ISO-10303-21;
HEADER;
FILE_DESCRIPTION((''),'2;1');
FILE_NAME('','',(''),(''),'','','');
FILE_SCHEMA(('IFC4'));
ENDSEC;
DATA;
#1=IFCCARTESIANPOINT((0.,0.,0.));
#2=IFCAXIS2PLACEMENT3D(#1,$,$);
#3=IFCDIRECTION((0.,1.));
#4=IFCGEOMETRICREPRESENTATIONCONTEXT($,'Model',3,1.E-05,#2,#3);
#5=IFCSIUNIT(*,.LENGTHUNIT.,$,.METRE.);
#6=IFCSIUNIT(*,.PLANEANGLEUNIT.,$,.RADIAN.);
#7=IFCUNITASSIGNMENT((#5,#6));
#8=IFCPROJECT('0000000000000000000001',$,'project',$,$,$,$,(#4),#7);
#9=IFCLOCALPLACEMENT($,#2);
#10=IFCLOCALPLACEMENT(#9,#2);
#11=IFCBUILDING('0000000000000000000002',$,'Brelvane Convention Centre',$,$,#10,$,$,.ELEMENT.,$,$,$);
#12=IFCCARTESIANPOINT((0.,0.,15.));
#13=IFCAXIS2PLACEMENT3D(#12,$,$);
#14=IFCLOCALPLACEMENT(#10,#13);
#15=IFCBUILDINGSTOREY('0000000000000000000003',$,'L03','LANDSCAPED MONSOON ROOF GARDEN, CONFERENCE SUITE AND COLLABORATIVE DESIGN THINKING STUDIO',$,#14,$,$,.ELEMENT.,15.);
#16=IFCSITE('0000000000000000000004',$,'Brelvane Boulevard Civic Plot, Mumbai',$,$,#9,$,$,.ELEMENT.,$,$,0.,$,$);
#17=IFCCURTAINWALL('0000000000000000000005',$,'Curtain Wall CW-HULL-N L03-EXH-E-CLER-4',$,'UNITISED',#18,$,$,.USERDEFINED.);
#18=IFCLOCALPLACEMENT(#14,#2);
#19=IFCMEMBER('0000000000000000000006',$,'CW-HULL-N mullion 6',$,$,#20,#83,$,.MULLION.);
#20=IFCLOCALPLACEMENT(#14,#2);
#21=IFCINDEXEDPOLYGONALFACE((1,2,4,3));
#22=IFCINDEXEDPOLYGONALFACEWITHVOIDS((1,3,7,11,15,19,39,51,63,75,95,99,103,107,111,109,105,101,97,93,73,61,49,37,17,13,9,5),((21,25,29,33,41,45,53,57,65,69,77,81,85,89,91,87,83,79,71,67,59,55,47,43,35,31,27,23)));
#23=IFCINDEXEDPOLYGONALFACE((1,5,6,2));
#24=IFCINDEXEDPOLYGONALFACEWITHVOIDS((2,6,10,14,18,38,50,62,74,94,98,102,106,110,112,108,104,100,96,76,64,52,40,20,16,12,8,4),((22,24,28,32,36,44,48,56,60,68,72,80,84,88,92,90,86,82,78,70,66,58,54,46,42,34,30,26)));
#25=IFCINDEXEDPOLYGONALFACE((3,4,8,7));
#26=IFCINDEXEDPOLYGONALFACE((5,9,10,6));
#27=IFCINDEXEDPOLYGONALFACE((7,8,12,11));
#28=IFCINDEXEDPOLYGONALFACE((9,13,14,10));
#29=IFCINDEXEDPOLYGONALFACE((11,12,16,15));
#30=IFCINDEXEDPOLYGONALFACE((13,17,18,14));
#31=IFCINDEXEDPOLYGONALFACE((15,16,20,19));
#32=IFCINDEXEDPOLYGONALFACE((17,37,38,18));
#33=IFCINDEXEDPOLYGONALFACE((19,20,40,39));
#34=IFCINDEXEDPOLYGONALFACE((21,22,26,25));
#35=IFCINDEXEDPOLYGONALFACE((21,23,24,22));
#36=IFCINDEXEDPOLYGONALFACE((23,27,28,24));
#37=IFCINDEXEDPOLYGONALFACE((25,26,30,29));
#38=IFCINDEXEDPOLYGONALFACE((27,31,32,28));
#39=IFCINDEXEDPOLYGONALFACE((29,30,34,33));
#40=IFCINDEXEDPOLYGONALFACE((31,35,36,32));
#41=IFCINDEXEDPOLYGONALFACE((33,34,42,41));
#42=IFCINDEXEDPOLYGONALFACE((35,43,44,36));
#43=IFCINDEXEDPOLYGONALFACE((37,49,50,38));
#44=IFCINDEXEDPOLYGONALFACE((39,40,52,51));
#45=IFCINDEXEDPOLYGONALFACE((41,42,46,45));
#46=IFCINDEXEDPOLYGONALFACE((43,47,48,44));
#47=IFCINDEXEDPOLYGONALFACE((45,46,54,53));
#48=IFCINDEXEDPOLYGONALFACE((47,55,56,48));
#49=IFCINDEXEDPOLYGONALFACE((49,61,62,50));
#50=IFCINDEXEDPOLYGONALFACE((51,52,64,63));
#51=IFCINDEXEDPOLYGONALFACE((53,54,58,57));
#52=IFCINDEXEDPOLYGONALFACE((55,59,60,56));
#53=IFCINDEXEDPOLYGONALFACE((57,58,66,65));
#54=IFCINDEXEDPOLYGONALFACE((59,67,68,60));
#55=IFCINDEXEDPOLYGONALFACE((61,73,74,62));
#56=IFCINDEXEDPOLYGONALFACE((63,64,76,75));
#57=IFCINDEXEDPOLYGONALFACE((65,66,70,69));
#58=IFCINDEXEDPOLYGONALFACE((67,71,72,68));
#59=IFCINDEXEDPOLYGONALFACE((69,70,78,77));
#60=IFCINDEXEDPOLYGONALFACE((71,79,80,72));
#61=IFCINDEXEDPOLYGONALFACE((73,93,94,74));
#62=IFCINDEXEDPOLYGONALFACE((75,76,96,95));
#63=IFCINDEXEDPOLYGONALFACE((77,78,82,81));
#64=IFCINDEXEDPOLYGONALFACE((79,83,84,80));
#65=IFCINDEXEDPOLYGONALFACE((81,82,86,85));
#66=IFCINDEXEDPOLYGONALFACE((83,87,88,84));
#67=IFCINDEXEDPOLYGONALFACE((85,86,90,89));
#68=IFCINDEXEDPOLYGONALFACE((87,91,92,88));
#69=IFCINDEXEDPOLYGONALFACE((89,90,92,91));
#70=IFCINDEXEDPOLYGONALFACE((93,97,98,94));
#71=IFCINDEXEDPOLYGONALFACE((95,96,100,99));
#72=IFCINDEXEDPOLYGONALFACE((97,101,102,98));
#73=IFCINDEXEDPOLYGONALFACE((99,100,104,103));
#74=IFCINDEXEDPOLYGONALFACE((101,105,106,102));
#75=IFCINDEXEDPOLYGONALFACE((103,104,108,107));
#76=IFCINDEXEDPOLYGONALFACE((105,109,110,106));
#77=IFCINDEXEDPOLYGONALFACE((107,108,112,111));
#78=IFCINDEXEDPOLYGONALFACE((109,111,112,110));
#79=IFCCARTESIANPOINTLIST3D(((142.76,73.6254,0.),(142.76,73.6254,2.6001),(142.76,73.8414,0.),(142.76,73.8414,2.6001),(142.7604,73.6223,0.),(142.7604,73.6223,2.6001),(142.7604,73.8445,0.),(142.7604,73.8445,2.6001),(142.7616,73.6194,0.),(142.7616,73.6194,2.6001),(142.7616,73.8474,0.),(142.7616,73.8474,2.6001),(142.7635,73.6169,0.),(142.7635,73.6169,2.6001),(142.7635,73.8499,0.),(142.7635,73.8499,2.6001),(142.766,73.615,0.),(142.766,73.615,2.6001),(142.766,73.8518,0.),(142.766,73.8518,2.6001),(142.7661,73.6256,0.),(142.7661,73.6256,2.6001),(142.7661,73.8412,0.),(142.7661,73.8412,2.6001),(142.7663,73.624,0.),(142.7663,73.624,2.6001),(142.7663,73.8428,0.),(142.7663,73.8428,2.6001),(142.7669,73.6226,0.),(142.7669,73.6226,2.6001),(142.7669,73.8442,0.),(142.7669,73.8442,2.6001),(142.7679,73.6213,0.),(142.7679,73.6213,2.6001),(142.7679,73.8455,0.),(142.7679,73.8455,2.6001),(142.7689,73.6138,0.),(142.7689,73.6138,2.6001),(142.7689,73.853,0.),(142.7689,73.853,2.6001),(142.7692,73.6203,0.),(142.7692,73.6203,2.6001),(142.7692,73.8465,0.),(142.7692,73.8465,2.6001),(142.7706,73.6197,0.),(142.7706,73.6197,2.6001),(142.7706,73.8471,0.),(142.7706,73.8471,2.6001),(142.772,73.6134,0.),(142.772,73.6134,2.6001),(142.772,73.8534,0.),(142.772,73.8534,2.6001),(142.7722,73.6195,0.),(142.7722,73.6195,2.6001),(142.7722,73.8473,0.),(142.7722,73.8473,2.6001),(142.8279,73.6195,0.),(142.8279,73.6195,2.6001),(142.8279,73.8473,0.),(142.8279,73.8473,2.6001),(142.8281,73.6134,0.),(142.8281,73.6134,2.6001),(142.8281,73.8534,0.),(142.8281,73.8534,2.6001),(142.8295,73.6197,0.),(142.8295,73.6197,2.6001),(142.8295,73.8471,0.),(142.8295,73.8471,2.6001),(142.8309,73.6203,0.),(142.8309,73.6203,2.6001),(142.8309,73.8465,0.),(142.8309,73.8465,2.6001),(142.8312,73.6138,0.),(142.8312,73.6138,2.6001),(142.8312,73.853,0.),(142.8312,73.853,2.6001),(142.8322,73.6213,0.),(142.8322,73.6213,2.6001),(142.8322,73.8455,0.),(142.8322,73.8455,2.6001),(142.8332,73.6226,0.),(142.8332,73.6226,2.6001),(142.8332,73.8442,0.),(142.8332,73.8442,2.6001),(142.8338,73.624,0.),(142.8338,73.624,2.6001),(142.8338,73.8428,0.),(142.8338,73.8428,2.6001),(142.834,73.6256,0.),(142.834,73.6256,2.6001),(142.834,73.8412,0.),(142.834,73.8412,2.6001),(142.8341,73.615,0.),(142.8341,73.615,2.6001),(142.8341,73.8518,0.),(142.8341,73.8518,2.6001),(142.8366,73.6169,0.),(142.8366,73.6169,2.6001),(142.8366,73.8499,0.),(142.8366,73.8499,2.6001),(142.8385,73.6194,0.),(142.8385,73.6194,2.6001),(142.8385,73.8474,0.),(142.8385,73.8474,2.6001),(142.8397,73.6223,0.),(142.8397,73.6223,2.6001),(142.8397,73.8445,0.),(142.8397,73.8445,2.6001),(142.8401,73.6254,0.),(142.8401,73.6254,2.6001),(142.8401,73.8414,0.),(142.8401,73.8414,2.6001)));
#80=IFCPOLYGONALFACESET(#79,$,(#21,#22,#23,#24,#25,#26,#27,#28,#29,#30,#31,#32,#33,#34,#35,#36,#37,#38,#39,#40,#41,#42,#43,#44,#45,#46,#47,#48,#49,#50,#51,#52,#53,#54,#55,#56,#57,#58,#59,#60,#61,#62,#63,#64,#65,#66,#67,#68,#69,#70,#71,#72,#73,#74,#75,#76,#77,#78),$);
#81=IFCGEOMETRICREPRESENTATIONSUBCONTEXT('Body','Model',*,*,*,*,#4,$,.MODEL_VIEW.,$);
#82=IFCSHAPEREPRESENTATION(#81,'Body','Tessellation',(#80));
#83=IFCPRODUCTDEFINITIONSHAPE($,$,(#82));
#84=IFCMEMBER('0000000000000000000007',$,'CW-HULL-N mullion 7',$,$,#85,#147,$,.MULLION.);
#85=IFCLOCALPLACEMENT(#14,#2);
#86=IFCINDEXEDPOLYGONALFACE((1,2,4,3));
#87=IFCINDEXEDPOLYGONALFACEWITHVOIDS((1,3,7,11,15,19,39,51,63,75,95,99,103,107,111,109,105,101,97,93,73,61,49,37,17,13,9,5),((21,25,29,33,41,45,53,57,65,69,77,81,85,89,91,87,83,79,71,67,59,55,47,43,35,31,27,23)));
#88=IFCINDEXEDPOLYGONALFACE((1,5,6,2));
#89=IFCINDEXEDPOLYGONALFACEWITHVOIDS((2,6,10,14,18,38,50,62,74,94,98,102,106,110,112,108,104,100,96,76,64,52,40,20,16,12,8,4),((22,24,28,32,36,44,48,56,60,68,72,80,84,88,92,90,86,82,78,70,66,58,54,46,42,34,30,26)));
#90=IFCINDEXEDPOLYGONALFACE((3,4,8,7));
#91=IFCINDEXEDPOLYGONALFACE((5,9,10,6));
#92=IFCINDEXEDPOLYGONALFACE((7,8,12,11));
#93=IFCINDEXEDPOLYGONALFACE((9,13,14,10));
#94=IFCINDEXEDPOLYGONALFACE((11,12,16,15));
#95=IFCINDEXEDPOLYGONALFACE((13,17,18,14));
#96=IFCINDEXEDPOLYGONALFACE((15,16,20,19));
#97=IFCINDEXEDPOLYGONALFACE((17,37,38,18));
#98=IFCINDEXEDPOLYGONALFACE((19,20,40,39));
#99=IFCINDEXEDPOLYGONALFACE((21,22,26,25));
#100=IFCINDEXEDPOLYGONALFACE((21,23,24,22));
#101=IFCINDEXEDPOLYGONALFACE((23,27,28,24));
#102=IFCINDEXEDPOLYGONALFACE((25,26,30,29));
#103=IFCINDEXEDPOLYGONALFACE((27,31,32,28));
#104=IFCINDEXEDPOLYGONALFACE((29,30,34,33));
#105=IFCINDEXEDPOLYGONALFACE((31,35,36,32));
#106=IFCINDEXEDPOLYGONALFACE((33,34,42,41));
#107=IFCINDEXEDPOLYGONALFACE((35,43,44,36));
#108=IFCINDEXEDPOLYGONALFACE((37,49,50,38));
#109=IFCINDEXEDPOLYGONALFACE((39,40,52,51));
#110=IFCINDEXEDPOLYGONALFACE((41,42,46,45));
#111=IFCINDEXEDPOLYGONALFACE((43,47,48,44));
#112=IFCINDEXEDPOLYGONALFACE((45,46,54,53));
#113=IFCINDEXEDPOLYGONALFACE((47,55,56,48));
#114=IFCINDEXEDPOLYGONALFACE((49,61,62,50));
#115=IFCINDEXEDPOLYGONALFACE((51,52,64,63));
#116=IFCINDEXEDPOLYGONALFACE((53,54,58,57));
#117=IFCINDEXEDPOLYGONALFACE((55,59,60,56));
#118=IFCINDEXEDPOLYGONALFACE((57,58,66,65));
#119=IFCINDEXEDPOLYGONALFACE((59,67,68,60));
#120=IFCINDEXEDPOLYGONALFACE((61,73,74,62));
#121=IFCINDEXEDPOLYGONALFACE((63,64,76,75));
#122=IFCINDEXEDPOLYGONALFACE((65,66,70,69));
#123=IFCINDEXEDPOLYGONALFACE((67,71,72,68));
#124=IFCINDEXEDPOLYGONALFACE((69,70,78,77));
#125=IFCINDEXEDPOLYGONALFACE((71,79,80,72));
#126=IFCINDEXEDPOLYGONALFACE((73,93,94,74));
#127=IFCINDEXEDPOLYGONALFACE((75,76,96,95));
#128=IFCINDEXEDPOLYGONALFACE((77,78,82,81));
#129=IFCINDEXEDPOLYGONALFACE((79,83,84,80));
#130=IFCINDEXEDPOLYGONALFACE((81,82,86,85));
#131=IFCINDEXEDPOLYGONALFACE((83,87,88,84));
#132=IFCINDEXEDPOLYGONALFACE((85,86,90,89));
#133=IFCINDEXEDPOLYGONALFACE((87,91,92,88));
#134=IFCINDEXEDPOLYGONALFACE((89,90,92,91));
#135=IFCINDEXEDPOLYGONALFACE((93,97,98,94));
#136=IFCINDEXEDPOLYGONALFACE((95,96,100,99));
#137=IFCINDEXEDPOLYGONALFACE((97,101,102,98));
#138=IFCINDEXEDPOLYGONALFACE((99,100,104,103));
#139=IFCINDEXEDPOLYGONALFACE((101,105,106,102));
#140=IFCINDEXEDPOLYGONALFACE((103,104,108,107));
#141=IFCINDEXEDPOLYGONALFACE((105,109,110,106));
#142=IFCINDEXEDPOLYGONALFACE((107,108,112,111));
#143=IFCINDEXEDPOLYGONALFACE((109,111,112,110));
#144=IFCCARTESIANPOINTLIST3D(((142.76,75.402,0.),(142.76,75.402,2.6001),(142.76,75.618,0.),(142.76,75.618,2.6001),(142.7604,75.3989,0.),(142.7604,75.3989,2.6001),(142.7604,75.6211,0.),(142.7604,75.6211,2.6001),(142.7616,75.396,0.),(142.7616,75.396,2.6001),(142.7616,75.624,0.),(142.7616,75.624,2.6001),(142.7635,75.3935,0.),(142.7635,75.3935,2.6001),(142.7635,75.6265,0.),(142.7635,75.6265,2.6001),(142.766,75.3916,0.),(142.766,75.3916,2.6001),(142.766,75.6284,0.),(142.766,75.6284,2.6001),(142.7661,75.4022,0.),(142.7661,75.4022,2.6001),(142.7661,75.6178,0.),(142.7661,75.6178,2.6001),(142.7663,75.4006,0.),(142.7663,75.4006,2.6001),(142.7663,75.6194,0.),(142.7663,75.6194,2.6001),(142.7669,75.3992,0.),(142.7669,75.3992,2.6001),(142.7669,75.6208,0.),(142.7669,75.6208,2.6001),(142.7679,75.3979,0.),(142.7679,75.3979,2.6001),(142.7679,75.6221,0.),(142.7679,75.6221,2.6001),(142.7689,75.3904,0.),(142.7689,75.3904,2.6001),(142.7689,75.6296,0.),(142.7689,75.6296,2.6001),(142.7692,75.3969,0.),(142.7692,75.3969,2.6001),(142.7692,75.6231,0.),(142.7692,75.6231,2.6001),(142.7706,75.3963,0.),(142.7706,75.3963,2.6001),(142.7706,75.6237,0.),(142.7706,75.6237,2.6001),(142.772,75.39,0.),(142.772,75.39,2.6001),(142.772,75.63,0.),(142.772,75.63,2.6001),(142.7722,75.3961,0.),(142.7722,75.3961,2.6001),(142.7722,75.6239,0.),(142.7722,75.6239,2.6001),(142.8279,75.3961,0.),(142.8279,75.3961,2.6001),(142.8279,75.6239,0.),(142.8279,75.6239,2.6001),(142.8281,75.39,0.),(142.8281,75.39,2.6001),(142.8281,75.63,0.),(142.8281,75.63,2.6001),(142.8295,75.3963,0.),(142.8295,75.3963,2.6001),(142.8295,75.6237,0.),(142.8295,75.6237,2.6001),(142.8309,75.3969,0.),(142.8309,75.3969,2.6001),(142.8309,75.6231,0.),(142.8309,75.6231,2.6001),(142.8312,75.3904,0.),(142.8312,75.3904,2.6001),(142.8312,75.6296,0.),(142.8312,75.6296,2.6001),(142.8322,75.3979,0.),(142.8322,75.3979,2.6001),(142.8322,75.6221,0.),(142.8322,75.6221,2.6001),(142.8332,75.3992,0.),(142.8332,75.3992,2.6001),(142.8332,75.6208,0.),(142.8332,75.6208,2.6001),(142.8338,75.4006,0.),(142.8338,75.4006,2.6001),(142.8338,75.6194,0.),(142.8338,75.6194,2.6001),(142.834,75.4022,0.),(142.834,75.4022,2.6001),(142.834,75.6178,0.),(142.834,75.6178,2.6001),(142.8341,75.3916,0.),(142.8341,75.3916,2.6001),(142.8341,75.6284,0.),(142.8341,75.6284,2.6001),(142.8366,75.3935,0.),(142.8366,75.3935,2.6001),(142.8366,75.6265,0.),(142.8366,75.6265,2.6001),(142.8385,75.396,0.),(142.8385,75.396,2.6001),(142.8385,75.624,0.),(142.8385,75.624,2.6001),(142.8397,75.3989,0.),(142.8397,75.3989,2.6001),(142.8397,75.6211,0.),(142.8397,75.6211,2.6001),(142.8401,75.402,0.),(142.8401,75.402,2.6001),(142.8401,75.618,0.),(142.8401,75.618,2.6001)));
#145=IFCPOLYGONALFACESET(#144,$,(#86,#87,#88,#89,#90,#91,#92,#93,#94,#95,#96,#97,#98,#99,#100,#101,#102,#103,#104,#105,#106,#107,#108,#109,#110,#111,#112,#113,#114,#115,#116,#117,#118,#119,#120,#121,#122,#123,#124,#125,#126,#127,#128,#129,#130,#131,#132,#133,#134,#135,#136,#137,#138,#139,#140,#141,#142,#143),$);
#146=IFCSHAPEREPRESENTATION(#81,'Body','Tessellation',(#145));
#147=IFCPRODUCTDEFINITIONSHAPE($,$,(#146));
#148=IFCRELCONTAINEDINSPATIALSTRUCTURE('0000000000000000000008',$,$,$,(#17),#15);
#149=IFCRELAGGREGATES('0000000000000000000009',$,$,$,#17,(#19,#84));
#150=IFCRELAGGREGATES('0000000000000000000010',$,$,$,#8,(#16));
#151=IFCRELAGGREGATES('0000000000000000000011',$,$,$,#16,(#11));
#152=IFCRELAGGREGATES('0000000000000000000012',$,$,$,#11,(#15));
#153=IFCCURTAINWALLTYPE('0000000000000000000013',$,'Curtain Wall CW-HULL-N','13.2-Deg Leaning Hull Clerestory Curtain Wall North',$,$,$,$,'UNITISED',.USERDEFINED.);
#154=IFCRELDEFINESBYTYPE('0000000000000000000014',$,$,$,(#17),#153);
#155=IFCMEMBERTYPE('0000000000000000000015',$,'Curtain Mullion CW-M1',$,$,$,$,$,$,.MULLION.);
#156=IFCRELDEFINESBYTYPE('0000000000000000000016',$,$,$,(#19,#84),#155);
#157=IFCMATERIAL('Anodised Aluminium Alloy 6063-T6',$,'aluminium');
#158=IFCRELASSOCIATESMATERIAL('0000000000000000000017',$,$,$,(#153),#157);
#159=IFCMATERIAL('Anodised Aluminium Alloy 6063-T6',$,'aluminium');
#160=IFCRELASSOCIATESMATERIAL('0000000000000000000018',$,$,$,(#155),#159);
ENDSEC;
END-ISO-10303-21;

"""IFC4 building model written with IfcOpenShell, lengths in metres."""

from ifc_helpers import new_model, si_unit, direction, frame, origin, origin_2d, place, context, subcontext, project, spatial, hollow_rectangle, extrude, material, material_profile, profile_set, type_object, element, aggregate, save


model = new_model("IFC4")

# Units and contexts
model_context = context("Model", 3, precision=1e-05, world=origin(), true_north=direction((0.0, 1.0)))
body_context = subcontext(model_context, "Body", "Model", "MODEL_VIEW")
ifc_project = project(units=[si_unit("LENGTHUNIT", "METRE"), si_unit("PLANEANGLEUNIT", "RADIAN")], contexts=[model_context])

# Site, building, storey
site_placement = place(None, origin())
site = spatial("IfcSite", under=ifc_project, at=site_placement, Name="Brelvane Boulevard Civic Plot, Mumbai", CompositionType="ELEMENT", RefElevation=0.0)
building_placement = place(site_placement, origin())
building = spatial("IfcBuilding", under=site, at=building_placement, Name="Brelvane Convention Centre", CompositionType="ELEMENT")
storey_placement = place(building_placement, frame((0.0, 0.0, 15.0)))
storey = spatial("IfcBuildingStorey", under=building, at=storey_placement, Name="L03", Description="LANDSCAPED MONSOON ROOF GARDEN, CONFERENCE SUITE AND COLLABORATIVE DESIGN THINKING STUDIO", CompositionType="ELEMENT", Elevation=15.0)

# Curtain wall, members
ifc_material_1 = material(Name="Anodised Aluminium Alloy 6063-T6", Category="aluminium")
curtain_wall_type = type_object("IfcCurtainWallType", Name="Curtain Wall CW-HULL-N", Description="13.2-Deg Leaning Hull Clerestory Curtain Wall North", ElementType="UNITISED", PredefinedType="USERDEFINED", material=ifc_material_1)
curtain_wall_placement = place(storey_placement, origin())
curtain_wall = element("IfcCurtainWall", 1, at=curtain_wall_placement, inside=storey, type_object=curtain_wall_type, Name="Curtain Wall CW-HULL-N L03-EXH-E-CLER-4", ObjectType="UNITISED", PredefinedType="USERDEFINED")
ifc_material_2 = material(Name="Anodised Aluminium Alloy 6063-T6", Category="aluminium")
ifc_material_profile_1 = material_profile(ifc_material_2, hollow_rectangle(XDim=0.0801, YDim=0.24, WallThickness=0.0061, InnerFilletRadius=0.0061, OuterFilletRadius=0.012, at=origin_2d()), Name="ALU-M 240x80x6.0")
ifc_profile_set_1 = profile_set([ifc_material_profile_1], Name="Anodised Aluminium Alloy 6063-T6")
member_type_1 = type_object("IfcMemberType", Name="Curtain Mullion CW-M1", PredefinedType="MULLION", material=ifc_profile_set_1)
member_1_placement = place(storey_placement, frame((142.8, 73.7334, 0.0), z_axis=(0.0, 0.0, 1.0), x_axis=(-1.0, 0.0, 0.0)))
member_1 = element("IfcMember", 2, at=member_1_placement, type_object=member_type_1, Name="CW-HULL-N mullion 6", PredefinedType="MULLION", context=body_context, shape_type="SweptSolid", body=[
    extrude(hollow_rectangle(XDim=0.0801, YDim=0.24, WallThickness=0.0061, InnerFilletRadius=0.0061, OuterFilletRadius=0.012, at=origin_2d()), origin(), (0.0, 0.0, 1.0), 2.6001),
])
member_2_placement = place(storey_placement, frame((142.8, 75.51, 0.0), z_axis=(0.0, 0.0, 1.0), x_axis=(-1.0, 0.0, 0.0)))
member_2 = element("IfcMember", 3, at=member_2_placement, type_object=member_type_1, Name="CW-HULL-N mullion 7", PredefinedType="MULLION", context=body_context, shape_type="SweptSolid", body=[
    extrude(hollow_rectangle(XDim=0.0801, YDim=0.24, WallThickness=0.0061, InnerFilletRadius=0.0061, OuterFilletRadius=0.012, at=origin_2d()), origin(), (0.0, 0.0, 1.0), 2.6001),
])

aggregate(curtain_wall, [member_1, member_2])

save(model, "model.ifc")
